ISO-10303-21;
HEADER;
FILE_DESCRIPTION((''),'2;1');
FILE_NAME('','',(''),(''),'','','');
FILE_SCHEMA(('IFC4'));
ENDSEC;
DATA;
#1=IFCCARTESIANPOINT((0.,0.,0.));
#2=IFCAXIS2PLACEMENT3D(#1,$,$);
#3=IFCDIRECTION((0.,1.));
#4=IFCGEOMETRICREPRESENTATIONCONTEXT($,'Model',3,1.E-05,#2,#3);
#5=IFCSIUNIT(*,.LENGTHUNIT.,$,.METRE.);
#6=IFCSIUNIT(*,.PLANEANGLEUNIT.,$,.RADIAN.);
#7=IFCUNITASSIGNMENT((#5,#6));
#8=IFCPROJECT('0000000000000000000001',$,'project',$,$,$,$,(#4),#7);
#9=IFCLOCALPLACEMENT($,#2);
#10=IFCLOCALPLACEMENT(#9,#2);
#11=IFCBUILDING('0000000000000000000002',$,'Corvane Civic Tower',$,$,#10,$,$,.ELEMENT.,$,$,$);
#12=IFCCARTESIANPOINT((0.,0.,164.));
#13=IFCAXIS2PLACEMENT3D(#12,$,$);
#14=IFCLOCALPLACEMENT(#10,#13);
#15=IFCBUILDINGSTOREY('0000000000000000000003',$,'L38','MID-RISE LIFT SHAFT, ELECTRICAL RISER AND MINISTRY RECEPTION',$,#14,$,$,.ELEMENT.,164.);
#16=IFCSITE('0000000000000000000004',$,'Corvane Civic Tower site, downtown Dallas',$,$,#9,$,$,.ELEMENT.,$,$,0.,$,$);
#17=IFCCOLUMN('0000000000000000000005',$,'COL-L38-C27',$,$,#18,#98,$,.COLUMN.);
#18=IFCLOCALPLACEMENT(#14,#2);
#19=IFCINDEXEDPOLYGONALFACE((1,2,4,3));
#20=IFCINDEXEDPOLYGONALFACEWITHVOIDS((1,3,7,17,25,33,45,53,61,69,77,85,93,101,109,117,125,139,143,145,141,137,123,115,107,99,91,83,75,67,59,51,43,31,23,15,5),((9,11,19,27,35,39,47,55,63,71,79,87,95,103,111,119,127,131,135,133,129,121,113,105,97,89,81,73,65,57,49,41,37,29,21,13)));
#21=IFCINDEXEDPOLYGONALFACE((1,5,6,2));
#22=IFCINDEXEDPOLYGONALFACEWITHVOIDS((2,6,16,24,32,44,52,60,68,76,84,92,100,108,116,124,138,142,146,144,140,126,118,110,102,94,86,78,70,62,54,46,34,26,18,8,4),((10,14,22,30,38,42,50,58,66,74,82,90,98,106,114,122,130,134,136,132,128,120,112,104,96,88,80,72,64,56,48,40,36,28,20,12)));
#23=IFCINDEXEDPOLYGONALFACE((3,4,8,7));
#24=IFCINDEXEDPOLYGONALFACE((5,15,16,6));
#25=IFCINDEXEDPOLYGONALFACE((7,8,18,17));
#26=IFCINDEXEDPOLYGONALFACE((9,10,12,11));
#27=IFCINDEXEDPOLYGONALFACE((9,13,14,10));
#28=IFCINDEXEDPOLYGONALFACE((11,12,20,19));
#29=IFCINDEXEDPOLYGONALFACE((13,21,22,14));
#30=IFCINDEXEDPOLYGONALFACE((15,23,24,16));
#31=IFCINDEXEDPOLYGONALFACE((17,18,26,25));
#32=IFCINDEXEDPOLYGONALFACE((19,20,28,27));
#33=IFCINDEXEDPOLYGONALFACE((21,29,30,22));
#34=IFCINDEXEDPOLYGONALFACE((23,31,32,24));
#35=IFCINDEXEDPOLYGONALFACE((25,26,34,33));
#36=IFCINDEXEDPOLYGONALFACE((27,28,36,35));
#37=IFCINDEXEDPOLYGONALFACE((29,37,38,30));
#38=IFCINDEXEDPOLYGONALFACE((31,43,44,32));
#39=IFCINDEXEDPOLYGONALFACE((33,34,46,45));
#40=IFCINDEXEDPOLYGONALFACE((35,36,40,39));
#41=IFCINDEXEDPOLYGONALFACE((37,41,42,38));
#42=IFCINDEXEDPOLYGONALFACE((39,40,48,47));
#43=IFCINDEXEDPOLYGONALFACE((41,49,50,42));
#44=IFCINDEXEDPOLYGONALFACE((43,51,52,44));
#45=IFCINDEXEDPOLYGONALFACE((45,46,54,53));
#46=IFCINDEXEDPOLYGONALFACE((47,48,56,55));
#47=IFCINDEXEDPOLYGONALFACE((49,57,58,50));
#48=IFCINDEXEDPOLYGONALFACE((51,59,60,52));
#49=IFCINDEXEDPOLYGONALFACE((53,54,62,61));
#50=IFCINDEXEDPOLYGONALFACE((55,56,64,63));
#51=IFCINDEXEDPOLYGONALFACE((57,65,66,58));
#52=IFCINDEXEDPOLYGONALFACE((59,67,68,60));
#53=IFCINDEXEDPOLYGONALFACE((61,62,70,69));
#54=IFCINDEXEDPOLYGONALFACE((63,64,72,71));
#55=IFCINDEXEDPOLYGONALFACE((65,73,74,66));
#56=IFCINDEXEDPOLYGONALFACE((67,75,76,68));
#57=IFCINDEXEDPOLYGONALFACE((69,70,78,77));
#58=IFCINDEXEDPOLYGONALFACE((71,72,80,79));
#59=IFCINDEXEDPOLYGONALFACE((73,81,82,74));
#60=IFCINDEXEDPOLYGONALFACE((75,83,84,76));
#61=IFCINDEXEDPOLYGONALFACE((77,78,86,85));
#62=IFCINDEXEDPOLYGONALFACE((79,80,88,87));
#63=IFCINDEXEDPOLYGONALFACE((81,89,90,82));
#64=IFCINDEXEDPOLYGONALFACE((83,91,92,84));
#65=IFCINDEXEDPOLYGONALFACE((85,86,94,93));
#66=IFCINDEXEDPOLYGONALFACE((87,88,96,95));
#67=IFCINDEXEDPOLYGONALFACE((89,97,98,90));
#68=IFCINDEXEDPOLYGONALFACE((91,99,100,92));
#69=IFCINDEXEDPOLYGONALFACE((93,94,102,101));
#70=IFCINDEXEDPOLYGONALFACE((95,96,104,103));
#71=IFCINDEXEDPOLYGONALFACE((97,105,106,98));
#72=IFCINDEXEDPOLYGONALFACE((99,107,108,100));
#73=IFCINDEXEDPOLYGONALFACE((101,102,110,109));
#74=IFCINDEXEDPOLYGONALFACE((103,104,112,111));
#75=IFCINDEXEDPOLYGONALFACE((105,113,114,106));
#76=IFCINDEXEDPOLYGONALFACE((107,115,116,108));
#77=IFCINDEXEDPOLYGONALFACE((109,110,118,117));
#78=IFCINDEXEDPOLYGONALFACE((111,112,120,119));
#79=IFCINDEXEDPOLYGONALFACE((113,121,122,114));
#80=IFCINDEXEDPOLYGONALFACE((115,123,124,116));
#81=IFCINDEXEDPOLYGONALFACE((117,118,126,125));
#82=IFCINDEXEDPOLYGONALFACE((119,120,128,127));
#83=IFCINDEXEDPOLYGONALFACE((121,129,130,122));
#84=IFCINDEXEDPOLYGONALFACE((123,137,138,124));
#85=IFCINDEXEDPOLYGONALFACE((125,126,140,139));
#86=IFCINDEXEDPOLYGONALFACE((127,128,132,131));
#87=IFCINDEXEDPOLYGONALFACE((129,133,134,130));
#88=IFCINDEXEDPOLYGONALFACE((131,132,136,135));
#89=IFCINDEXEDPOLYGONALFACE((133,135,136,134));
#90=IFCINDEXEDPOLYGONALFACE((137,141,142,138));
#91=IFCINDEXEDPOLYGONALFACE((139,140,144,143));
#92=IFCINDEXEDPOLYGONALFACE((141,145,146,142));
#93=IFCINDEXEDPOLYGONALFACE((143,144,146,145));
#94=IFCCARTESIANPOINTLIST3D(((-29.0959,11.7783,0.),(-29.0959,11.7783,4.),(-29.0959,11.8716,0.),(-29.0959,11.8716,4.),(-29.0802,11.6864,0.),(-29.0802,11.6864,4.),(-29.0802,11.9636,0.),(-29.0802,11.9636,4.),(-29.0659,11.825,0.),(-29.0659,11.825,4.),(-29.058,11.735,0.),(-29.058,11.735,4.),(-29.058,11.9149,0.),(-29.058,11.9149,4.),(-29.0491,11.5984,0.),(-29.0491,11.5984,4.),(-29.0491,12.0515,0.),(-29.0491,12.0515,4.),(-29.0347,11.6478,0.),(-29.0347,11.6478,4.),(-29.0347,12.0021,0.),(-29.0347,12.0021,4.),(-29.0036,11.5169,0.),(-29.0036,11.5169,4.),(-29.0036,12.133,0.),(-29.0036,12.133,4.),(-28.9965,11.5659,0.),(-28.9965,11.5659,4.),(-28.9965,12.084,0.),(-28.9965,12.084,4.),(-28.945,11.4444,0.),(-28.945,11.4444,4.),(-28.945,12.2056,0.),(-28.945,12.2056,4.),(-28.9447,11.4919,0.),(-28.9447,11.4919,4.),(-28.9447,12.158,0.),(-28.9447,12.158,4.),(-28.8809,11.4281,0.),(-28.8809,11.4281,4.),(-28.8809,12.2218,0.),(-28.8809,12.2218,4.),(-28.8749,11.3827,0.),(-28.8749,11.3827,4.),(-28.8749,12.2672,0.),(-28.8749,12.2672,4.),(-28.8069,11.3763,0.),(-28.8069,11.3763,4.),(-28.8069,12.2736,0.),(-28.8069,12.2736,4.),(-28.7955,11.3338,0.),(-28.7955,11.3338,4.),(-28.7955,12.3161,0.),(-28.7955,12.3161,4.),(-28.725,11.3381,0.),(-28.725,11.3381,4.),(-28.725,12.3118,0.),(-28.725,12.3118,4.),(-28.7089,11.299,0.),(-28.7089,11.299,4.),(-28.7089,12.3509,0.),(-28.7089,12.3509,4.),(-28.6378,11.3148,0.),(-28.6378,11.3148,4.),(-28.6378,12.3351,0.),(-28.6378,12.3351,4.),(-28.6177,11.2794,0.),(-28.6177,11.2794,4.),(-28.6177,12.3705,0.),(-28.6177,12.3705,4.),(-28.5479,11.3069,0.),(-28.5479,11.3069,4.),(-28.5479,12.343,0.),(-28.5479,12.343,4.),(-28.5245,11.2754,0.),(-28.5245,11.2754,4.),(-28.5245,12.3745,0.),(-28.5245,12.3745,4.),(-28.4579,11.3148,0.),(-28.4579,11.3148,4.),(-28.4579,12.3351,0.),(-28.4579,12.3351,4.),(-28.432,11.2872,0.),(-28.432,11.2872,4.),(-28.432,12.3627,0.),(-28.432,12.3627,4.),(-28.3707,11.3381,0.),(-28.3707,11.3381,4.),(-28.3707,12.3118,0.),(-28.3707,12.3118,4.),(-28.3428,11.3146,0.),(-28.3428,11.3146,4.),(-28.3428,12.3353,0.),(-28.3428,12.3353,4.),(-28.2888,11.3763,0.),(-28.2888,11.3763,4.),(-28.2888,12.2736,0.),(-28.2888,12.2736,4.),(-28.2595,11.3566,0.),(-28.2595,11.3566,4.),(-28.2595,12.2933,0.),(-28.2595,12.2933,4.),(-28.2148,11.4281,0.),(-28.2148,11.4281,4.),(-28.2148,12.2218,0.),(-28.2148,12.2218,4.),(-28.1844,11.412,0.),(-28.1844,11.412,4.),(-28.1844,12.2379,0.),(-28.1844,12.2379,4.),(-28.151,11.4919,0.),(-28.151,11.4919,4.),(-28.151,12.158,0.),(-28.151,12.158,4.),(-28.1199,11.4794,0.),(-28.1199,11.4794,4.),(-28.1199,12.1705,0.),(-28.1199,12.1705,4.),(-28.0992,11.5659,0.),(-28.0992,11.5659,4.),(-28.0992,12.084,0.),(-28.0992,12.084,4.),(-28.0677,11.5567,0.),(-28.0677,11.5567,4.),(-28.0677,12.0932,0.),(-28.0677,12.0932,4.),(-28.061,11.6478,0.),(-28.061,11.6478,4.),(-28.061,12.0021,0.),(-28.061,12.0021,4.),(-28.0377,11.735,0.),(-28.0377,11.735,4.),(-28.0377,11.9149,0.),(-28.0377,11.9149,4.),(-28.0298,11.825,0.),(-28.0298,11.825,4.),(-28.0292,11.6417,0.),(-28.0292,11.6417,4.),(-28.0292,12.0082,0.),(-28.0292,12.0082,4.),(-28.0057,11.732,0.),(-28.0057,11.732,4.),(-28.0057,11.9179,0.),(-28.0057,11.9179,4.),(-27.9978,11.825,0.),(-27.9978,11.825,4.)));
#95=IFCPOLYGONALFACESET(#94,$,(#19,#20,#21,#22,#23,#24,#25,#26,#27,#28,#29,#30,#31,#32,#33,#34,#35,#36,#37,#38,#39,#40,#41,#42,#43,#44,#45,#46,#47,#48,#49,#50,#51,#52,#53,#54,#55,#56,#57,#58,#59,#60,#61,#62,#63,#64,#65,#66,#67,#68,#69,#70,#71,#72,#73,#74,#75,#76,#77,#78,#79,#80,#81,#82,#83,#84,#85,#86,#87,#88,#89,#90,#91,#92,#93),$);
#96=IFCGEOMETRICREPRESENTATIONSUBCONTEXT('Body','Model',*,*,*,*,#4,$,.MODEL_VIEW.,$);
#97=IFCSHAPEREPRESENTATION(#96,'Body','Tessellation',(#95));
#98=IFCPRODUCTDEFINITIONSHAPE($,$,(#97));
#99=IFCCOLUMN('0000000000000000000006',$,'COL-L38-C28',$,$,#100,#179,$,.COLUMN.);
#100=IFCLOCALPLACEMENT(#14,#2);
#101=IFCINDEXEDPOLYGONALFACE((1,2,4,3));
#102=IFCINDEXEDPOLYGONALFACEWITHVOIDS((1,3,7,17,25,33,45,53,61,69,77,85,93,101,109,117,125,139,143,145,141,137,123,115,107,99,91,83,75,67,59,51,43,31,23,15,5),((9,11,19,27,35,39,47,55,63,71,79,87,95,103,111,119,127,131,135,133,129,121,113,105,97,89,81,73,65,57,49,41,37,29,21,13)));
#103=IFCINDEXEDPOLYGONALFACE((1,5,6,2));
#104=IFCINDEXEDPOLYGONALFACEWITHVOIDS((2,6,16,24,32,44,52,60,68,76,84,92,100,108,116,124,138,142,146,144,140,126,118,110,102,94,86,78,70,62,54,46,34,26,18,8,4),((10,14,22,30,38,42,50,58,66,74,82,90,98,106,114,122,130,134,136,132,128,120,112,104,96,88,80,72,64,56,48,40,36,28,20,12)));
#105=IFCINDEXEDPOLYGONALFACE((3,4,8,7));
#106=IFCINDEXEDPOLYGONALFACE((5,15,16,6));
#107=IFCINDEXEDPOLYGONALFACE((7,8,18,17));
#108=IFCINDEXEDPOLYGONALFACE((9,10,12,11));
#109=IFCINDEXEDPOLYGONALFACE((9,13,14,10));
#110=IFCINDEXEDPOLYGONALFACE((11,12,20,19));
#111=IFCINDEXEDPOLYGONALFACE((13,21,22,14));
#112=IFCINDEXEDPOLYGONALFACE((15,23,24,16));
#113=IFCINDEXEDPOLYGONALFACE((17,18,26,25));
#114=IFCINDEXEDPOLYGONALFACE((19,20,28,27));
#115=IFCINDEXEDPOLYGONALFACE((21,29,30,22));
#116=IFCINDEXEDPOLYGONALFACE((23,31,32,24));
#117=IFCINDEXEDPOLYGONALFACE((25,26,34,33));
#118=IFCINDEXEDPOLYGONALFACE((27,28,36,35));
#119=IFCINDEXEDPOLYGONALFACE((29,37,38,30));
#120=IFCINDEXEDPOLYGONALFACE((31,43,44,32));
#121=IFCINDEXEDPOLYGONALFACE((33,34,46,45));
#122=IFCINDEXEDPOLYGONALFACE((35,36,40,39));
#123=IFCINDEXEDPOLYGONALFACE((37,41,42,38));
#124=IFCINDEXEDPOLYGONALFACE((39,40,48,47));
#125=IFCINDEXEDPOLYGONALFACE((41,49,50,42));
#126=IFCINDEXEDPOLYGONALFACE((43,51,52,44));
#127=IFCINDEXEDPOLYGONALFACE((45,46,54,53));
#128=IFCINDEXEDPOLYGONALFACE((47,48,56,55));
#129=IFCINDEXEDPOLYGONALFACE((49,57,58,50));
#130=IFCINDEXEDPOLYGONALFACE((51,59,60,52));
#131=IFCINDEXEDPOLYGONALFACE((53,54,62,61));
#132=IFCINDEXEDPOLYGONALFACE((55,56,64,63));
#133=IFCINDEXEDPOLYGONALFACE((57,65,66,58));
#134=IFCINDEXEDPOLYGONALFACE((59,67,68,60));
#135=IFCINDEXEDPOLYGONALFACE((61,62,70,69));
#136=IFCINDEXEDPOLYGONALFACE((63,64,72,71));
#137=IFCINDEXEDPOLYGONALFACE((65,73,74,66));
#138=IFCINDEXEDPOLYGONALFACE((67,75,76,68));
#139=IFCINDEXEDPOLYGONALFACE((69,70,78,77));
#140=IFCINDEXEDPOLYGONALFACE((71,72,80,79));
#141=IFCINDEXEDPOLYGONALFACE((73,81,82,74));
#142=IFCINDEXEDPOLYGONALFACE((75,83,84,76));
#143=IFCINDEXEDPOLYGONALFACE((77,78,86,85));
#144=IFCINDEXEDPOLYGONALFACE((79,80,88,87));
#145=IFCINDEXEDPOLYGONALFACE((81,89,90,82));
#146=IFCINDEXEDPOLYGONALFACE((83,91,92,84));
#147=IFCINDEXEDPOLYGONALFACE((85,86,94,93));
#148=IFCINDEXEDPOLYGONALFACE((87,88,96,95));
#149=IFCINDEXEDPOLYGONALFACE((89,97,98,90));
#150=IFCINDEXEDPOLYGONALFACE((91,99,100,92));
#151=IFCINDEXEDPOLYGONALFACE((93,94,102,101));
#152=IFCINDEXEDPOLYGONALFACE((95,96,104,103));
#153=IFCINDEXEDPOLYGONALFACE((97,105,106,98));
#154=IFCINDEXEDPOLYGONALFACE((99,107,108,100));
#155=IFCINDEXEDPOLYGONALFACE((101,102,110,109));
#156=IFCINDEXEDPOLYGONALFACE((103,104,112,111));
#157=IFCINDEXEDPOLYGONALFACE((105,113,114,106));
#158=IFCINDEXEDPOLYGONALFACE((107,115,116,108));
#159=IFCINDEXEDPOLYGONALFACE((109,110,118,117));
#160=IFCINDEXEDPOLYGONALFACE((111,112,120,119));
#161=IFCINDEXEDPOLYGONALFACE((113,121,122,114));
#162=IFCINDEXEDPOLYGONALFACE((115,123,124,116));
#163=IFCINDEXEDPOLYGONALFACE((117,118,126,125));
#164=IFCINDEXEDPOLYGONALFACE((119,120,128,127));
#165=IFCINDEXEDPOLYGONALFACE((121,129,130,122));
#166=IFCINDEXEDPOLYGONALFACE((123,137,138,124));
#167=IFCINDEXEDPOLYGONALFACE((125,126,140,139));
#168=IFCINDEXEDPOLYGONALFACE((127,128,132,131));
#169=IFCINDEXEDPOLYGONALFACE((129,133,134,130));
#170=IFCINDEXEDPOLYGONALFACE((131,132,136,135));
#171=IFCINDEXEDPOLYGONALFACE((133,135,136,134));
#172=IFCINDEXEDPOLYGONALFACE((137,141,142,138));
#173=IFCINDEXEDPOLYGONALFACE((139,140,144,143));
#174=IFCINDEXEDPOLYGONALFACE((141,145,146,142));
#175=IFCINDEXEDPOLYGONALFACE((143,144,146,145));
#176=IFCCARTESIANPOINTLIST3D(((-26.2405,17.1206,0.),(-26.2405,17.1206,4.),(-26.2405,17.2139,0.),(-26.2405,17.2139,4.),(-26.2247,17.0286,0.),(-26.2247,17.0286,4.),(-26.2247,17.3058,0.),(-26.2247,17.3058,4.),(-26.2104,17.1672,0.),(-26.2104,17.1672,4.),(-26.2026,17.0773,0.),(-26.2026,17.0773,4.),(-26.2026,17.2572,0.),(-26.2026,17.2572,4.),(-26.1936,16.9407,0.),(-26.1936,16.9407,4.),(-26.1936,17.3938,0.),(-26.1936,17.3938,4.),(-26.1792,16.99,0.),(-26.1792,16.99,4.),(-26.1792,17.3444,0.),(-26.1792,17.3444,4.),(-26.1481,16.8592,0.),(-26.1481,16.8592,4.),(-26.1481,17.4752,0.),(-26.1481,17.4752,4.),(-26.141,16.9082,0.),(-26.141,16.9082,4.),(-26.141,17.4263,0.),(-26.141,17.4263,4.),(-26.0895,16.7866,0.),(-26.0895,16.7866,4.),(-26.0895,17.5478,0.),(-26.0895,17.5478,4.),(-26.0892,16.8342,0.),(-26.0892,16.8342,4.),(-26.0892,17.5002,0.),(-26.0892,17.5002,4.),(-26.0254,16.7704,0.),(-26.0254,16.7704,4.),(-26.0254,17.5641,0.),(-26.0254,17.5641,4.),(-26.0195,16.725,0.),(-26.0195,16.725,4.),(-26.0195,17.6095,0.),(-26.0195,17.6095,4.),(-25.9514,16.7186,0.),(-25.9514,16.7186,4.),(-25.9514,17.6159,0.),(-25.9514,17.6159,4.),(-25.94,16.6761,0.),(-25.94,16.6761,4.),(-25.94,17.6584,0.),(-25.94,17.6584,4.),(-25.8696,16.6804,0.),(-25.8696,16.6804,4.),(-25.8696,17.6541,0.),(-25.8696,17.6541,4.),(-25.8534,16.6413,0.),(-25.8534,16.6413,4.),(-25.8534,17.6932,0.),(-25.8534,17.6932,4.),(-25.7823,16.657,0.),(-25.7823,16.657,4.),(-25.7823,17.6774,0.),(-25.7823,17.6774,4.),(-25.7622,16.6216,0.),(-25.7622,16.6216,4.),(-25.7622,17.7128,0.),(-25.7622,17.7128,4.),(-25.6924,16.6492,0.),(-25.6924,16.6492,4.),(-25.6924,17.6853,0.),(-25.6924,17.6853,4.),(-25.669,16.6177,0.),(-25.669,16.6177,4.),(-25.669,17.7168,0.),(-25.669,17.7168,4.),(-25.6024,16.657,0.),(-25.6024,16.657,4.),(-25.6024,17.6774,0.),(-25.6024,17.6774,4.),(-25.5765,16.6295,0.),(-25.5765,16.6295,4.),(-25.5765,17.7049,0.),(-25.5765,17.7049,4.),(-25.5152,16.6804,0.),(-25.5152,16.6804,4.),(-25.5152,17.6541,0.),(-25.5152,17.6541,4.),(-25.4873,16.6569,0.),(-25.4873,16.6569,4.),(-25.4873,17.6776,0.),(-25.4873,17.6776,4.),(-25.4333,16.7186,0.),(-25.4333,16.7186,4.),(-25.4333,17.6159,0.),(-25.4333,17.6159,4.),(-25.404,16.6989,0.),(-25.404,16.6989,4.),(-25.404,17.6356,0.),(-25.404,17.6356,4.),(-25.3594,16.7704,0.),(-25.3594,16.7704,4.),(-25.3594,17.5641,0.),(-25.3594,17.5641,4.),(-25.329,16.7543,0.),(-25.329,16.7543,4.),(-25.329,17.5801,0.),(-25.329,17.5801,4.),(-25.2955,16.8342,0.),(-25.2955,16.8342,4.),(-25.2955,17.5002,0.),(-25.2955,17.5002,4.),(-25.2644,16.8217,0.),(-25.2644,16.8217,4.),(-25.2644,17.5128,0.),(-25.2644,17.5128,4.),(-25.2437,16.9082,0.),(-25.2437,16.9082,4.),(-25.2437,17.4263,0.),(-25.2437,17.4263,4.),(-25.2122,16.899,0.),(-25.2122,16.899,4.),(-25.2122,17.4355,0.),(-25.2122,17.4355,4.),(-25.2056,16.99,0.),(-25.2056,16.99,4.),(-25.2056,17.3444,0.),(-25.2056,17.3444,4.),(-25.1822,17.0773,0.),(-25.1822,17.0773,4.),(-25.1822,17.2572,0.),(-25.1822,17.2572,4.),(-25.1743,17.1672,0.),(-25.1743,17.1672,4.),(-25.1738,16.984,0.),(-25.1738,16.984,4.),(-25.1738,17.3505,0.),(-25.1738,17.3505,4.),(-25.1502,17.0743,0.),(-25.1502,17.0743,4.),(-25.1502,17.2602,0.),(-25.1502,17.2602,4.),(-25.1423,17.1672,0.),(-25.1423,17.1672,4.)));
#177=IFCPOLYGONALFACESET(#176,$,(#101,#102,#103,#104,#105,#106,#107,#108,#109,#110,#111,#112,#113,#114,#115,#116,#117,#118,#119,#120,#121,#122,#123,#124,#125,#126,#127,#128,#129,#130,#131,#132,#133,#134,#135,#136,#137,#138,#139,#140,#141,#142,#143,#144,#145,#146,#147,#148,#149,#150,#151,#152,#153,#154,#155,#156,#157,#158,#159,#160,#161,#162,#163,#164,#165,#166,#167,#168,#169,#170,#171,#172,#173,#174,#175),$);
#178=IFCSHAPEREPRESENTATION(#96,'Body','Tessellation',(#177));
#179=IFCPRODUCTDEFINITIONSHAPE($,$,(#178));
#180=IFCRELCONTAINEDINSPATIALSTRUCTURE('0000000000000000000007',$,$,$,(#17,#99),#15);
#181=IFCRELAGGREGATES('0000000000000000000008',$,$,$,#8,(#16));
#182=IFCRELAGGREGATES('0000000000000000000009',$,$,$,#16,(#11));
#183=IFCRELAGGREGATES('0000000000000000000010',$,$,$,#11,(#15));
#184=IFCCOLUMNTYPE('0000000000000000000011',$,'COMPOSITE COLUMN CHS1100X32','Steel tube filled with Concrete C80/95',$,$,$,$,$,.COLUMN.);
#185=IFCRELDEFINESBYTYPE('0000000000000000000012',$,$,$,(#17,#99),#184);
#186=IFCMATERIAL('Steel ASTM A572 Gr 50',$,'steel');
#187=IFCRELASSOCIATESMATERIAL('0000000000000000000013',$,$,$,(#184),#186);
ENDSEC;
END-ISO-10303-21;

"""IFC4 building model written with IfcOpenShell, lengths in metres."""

from ifc_helpers import new_model, si_unit, direction, frame, origin, origin_2d, place, context, subcontext, project, spatial, hollow_circle, extrude, material, material_profile, profile_set, type_object, element, save


model = new_model("IFC4")

# Units and contexts
model_context = context("Model", 3, precision=1e-05, world=origin(), true_north=direction((0.0, 1.0)))
body_context = subcontext(model_context, "Body", "Model", "MODEL_VIEW")
ifc_project = project(units=[si_unit("LENGTHUNIT", "METRE"), si_unit("PLANEANGLEUNIT", "RADIAN")], contexts=[model_context])

# Site, building, storey
site_placement = place(None, origin())
site = spatial("IfcSite", under=ifc_project, at=site_placement, Name="Corvane Civic Tower site, downtown Dallas", CompositionType="ELEMENT", RefElevation=0.0)
building_placement = place(site_placement, origin())
building = spatial("IfcBuilding", under=site, at=building_placement, Name="Corvane Civic Tower", CompositionType="ELEMENT")
storey_placement = place(building_placement, frame((0.0, 0.0, 164.0)))
storey = spatial("IfcBuildingStorey", under=building, at=storey_placement, Name="L38", Description="MID-RISE LIFT SHAFT, ELECTRICAL RISER AND MINISTRY RECEPTION", CompositionType="ELEMENT", Elevation=164.0)

# Columns
ifc_material_1 = material(Name="Steel ASTM A572 Gr 50", Category="steel")
ifc_material_profile_1 = material_profile(ifc_material_1, hollow_circle(Radius=0.55, WallThickness=0.032, at=origin_2d()), Name="CHS1100X32")
ifc_profile_set_1 = profile_set([ifc_material_profile_1], Name="Steel ASTM A572 Gr 50")
column_type = type_object("IfcColumnType", Name="COMPOSITE COLUMN CHS1100X32", Description="Steel tube filled with Concrete C80/95", PredefinedType="COLUMN", material=ifc_profile_set_1)
for number, where, z_axis, x_axis, name in (
    (1, (-28.5479, 11.825, 0.0), (0.0, 0.0, 1.0), (1.0, 0.0, 0.0), "COL-L38-C27"),
    (2, (-25.6924, 17.1672, 0.0), (0.0, 0.0, 1.0), (1.0, 0.0, 0.0), "COL-L38-C28"),
):
    element("IfcColumn", number, at=place(storey_placement, frame(where, z_axis=z_axis, x_axis=x_axis)), inside=storey, type_object=column_type, Name=name, PredefinedType="COLUMN", context=body_context, shape_type="SweptSolid", body=[
        extrude(hollow_circle(Radius=0.55, WallThickness=0.032, at=origin_2d()), origin(), (0.0, 0.0, 1.0), 4.0),
    ])

save(model, "model.ifc")
